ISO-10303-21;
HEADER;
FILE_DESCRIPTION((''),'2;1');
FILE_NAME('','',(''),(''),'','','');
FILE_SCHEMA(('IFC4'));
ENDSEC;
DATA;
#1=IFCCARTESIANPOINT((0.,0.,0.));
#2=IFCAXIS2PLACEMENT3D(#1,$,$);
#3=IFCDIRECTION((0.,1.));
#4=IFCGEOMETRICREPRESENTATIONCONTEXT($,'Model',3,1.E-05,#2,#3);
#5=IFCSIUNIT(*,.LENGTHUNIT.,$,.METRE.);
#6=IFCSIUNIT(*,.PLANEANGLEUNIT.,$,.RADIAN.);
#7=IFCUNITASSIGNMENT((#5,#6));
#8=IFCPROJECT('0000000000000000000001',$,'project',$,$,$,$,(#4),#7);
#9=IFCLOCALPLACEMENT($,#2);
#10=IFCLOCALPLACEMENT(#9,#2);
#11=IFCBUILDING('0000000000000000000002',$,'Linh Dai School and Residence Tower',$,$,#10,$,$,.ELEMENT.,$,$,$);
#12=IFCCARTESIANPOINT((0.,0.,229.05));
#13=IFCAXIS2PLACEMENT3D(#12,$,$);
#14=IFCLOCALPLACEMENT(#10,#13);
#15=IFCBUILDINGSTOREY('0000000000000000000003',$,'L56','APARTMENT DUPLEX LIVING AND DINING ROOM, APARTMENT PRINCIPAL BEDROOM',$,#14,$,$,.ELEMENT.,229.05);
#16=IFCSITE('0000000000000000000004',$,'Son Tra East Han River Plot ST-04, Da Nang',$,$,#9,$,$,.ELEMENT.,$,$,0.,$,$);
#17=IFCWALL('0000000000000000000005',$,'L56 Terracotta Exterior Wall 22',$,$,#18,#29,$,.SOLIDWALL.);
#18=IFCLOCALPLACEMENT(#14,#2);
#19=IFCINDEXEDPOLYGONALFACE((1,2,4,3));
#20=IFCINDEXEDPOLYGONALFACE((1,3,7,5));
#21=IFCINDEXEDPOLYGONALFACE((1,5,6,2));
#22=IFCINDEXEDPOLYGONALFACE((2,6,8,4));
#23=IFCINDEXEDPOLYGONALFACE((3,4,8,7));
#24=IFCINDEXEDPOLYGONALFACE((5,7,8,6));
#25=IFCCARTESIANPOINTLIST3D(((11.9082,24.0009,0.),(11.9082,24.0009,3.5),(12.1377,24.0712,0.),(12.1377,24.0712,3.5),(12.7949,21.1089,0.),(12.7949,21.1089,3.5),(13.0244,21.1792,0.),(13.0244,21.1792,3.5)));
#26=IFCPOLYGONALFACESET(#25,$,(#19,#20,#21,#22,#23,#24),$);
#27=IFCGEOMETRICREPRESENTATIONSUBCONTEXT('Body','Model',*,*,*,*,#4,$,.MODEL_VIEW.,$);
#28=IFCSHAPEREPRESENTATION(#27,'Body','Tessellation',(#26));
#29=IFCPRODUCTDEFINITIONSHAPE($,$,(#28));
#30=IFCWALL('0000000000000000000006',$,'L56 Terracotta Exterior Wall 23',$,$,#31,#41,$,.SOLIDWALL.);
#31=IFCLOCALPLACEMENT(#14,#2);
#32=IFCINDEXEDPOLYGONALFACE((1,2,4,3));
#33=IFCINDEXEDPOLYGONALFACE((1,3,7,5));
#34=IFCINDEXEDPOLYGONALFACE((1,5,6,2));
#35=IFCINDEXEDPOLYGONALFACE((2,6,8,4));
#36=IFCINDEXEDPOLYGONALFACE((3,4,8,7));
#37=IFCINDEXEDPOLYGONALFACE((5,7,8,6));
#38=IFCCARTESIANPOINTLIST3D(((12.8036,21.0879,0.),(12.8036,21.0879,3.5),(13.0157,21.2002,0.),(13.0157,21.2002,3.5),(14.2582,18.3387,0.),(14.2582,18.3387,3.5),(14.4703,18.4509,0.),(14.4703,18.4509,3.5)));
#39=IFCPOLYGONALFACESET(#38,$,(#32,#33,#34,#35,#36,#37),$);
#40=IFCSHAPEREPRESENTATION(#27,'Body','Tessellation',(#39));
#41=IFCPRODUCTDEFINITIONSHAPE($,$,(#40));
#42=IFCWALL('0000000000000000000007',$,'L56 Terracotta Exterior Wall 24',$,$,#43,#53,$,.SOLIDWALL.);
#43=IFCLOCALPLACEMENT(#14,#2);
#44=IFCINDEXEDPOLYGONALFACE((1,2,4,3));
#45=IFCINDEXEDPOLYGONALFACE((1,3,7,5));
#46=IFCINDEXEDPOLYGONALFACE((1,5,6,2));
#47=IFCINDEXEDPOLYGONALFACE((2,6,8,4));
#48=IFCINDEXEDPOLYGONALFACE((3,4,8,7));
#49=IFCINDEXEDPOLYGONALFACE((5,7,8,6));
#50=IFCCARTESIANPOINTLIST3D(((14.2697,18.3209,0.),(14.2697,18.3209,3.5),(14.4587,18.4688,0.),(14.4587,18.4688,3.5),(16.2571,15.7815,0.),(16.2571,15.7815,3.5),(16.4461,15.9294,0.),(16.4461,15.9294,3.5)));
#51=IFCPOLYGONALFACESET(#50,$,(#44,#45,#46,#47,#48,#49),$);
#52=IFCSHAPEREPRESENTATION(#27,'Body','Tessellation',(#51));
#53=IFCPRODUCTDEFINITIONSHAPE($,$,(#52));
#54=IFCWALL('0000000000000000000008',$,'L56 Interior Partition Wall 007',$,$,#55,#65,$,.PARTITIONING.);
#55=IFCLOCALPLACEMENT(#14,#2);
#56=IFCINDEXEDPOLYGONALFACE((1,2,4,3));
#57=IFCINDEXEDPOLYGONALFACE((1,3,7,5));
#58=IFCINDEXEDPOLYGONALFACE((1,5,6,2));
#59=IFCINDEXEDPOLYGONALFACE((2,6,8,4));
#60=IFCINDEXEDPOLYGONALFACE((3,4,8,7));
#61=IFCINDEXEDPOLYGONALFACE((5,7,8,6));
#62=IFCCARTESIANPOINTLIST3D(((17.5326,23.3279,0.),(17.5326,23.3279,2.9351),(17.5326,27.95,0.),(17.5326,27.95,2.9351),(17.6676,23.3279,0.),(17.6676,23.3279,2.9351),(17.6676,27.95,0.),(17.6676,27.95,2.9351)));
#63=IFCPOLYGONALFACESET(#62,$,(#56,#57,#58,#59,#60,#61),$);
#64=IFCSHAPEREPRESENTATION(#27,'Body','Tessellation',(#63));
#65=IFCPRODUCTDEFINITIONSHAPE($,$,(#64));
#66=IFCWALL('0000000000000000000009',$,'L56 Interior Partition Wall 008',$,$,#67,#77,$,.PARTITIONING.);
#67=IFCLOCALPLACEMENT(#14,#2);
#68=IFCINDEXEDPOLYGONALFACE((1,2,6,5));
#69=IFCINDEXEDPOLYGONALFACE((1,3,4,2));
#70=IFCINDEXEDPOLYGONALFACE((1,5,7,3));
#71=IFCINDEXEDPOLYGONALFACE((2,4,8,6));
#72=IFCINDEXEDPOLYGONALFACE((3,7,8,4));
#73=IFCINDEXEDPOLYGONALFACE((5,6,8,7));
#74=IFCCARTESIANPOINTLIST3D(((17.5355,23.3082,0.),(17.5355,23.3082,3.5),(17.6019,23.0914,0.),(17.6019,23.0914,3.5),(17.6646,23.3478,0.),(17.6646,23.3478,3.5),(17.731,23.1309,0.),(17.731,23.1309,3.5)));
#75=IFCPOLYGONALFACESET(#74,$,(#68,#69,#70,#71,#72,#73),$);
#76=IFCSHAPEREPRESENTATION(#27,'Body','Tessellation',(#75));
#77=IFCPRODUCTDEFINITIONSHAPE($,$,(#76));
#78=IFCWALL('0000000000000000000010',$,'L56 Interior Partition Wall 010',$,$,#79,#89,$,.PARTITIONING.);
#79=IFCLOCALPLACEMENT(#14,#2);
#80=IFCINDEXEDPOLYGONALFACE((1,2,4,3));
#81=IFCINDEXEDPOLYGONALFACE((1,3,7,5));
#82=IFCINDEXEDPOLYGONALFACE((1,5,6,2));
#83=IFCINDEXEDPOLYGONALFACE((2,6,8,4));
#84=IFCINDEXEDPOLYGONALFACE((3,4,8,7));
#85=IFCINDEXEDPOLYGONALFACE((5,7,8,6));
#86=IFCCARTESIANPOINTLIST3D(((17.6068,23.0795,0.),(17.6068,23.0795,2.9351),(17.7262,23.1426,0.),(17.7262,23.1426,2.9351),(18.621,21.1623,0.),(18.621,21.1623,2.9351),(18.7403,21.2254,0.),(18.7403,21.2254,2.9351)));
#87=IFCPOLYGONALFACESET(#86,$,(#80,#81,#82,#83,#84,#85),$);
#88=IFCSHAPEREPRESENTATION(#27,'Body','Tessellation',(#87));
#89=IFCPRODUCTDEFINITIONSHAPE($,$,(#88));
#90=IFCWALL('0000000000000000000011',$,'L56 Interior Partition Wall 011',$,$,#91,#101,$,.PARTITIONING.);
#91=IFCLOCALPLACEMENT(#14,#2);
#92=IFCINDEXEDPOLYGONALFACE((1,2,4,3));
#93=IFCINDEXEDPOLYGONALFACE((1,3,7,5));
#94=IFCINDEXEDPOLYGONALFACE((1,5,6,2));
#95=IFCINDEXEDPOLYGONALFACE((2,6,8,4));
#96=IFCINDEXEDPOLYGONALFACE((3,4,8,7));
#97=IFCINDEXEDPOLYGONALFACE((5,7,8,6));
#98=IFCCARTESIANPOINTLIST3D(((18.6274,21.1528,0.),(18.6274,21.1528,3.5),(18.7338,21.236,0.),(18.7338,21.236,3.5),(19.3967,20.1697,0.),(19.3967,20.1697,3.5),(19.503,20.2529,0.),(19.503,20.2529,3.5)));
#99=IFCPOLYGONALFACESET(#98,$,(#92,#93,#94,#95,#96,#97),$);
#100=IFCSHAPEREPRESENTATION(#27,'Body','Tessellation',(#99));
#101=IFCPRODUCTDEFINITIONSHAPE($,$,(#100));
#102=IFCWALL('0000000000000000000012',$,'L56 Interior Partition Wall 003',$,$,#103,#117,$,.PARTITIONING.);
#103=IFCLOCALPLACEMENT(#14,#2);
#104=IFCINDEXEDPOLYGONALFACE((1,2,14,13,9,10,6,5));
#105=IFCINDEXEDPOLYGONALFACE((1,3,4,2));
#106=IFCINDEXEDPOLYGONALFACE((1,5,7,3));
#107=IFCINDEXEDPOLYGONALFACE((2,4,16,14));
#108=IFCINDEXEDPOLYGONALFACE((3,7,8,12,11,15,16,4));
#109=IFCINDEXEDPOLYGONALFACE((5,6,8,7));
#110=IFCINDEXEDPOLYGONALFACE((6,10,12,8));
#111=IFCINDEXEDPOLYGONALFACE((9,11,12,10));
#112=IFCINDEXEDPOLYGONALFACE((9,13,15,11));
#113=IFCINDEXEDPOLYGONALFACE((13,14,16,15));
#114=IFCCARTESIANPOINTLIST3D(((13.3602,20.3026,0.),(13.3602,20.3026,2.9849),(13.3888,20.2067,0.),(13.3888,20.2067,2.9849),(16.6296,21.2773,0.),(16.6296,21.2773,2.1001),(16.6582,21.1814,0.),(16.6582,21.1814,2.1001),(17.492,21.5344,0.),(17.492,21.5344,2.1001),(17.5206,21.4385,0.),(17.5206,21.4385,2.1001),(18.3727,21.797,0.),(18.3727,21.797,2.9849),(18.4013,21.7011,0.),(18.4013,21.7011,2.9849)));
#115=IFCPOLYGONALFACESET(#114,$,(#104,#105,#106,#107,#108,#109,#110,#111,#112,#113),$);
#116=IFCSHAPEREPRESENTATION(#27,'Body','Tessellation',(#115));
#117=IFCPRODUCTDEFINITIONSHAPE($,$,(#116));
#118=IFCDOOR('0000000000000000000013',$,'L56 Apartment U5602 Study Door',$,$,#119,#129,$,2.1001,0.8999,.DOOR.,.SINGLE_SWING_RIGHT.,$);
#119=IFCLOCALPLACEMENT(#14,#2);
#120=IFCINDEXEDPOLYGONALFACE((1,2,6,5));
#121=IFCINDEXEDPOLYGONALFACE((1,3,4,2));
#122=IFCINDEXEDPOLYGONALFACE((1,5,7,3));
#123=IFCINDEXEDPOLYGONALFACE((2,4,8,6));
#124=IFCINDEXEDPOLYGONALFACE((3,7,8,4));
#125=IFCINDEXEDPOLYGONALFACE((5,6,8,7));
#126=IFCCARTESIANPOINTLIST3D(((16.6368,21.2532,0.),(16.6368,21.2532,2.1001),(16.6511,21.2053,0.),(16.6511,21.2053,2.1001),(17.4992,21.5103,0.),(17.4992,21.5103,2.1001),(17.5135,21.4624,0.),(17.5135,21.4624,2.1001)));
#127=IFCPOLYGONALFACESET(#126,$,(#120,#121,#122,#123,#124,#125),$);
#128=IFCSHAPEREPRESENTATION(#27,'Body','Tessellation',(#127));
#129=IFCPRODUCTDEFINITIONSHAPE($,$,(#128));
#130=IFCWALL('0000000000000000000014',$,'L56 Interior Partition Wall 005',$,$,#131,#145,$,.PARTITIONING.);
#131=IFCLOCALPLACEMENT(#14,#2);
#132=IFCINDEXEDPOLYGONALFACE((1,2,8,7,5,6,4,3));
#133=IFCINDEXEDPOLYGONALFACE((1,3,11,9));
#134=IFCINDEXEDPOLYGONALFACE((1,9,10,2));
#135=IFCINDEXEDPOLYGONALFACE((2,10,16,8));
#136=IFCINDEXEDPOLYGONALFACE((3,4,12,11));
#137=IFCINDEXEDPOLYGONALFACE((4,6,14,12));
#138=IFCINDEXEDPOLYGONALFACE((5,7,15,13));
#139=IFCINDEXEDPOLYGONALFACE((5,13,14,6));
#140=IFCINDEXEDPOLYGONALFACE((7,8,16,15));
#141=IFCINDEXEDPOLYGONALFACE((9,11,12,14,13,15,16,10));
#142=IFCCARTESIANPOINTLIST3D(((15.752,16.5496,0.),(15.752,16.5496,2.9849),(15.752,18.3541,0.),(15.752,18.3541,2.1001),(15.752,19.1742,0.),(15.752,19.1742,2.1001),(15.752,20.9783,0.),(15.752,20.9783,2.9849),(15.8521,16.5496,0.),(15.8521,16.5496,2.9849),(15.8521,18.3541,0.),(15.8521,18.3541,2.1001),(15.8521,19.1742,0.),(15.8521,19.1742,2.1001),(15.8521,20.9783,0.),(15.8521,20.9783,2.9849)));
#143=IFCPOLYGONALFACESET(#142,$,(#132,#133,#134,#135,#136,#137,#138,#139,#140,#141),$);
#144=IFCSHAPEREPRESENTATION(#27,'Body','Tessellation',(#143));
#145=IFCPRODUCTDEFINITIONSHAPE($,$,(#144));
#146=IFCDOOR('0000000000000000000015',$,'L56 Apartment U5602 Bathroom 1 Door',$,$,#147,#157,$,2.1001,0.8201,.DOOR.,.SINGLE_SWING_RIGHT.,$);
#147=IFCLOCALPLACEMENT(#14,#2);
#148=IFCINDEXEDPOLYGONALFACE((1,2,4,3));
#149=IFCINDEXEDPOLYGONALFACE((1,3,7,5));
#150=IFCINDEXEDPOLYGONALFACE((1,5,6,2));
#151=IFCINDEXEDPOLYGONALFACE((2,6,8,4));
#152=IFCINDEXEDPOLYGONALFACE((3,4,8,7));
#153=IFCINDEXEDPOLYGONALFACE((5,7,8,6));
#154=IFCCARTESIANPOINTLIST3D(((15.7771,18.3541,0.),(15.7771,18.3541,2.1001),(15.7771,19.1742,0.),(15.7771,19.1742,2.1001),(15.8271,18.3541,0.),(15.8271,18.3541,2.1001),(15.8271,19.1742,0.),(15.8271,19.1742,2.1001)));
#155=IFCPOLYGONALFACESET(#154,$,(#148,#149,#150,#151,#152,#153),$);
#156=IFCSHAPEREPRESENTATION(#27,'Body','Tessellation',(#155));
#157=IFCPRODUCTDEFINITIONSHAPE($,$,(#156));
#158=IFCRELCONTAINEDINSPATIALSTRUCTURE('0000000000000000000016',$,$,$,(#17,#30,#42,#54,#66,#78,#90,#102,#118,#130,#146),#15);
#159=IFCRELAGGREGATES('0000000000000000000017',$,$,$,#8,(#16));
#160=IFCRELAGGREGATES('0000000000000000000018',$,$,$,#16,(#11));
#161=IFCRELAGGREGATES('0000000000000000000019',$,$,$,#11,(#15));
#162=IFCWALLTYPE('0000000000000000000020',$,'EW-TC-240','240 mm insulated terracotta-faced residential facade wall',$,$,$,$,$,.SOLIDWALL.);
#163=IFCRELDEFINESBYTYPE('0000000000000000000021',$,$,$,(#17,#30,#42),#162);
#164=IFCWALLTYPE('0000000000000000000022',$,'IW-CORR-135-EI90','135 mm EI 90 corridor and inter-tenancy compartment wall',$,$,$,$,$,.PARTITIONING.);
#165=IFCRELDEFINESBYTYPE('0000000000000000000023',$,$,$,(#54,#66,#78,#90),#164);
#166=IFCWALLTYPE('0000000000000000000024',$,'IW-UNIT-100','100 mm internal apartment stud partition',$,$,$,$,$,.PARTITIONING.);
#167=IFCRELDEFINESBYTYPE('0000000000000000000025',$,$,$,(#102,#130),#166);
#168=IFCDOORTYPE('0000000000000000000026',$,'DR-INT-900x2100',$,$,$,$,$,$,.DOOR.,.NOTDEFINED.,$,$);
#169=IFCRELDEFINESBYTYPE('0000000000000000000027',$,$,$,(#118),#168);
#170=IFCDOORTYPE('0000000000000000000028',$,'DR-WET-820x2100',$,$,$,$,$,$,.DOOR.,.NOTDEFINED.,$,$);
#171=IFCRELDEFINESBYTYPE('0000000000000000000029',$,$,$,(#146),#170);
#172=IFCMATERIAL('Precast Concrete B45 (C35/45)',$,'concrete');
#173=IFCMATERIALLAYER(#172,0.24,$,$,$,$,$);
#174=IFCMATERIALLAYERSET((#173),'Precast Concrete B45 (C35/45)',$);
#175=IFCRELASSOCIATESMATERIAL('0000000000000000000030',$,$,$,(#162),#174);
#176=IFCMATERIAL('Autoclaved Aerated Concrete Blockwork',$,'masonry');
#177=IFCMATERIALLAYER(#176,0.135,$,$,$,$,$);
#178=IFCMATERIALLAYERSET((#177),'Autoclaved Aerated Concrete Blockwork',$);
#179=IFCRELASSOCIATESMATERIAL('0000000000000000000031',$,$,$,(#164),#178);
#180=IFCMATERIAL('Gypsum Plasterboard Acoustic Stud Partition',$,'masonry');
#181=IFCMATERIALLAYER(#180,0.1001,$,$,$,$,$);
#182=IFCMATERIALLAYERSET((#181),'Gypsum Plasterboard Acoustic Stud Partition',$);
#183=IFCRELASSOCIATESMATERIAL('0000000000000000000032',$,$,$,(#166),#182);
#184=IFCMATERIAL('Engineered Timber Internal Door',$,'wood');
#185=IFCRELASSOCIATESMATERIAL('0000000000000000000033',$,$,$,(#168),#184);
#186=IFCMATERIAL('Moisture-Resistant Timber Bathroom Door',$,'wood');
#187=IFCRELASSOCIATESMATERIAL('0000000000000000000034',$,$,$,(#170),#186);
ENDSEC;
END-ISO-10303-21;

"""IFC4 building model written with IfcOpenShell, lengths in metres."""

from ifc_helpers import new_model, si_unit, direction, frame, frame_2d, origin, origin_2d, place, context, subcontext, project, spatial, rectangle, extrude, source, transform, mapped, material, layer, layer_set, type_object, element, fill, save


model = new_model("IFC4")

# Units and contexts
model_context = context("Model", 3, precision=1e-05, world=origin(), true_north=direction((0.0, 1.0)))
body_context = subcontext(model_context, "Body", "Model", "MODEL_VIEW")
ifc_project = project(units=[si_unit("LENGTHUNIT", "METRE"), si_unit("PLANEANGLEUNIT", "RADIAN")], contexts=[model_context])

# Site, building, storey
site_placement = place(None, origin())
site = spatial("IfcSite", under=ifc_project, at=site_placement, Name="Son Tra East Han River Plot ST-04, Da Nang", CompositionType="ELEMENT", RefElevation=0.0)
building_placement = place(site_placement, origin())
building = spatial("IfcBuilding", under=site, at=building_placement, Name="Linh Dai School and Residence Tower", CompositionType="ELEMENT")
storey_placement = place(building_placement, frame((0.0, 0.0, 229.05)))
storey = spatial("IfcBuildingStorey", under=building, at=storey_placement, Name="L56", Description="APARTMENT DUPLEX LIVING AND DINING ROOM, APARTMENT PRINCIPAL BEDROOM", CompositionType="ELEMENT", Elevation=229.05)

# Shared definitions
ifc_material_1 = material(Name="Precast Concrete B45 (C35/45)", Category="concrete")

# Walls
ifc_layer_1 = layer(ifc_material_1, 0.24)
ifc_layer_set_1 = layer_set([ifc_layer_1], Name="Precast Concrete B45 (C35/45)")
wall_type_1 = type_object("IfcWallType", Name="EW-TC-240", Description="240 mm insulated terracotta-faced residential facade wall", PredefinedType="SOLIDWALL", material=ifc_layer_set_1)
wall_1_placement = place(storey_placement, frame((12.9097, 21.144, 0.0), z_axis=(0.0, 0.0, 1.0), x_axis=(-0.293133, 0.956072, 0.0)))
element("IfcWall", 1, at=wall_1_placement, inside=storey, type_object=wall_type_1, Name="L56 Terracotta Exterior Wall 22", PredefinedType="SOLIDWALL", context=body_context, shape_type="SweptSolid", body=[
    extrude(rectangle(XDim=3.0249, YDim=0.24, at=frame_2d((1.5125, 0.0))), origin(), (0.0, 0.0, 1.0), 3.5),
])
wall_2_placement = place(storey_placement, frame((14.3643, 18.3948, 0.0), z_axis=(0.0, 0.0, 1.0), x_axis=(-0.46766, 0.883908, 0.0)))
element("IfcWall", 2, at=wall_2_placement, inside=storey, type_object=wall_type_1, Name="L56 Terracotta Exterior Wall 23", PredefinedType="SOLIDWALL", context=body_context, shape_type="SweptSolid", body=[
    extrude(rectangle(XDim=3.1104, YDim=0.24, at=frame_2d((1.5552, 0.0))), origin(), (0.0, 0.0, 1.0), 3.5),
])
wall_3_placement = place(storey_placement, frame((16.3516, 15.8555, 0.0), z_axis=(0.0, 0.0, 1.0), x_axis=(-0.616312, 0.787502, 0.0)))
element("IfcWall", 3, at=wall_3_placement, inside=storey, type_object=wall_type_1, Name="L56 Terracotta Exterior Wall 24", PredefinedType="SOLIDWALL", context=body_context, shape_type="SweptSolid", body=[
    extrude(rectangle(XDim=3.2246, YDim=0.24, at=frame_2d((1.6123, 0.0))), origin(), (0.0, 0.0, 1.0), 3.5),
])
ifc_material_2 = material(Name="Autoclaved Aerated Concrete Blockwork", Category="masonry")
ifc_layer_2 = layer(ifc_material_2, 0.135)
ifc_layer_set_2 = layer_set([ifc_layer_2], Name="Autoclaved Aerated Concrete Blockwork")
wall_type_2 = type_object("IfcWallType", Name="IW-CORR-135-EI90", Description="135 mm EI 90 corridor and inter-tenancy compartment wall", PredefinedType="PARTITIONING", material=ifc_layer_set_2)
wall_4_placement = place(storey_placement, frame((17.6001, 23.3279, 0.0), z_axis=(0.0, 0.0, 1.0), x_axis=(0.0, 1.0, 0.0)))
element("IfcWall", 4, at=wall_4_placement, inside=storey, type_object=wall_type_2, Name="L56 Interior Partition Wall 007", PredefinedType="PARTITIONING", context=body_context, shape_type="SweptSolid", body=[
    extrude(rectangle(XDim=4.6221, YDim=0.135, at=frame_2d((2.311, 0.0))), origin(), (0.0, 0.0, 1.0), 2.9351),
])
wall_5_placement = place(storey_placement, frame((17.6001, 23.3279, 0.0), z_axis=(0.0, 0.0, 1.0), x_axis=(0.292875, -0.956151, 0.0)))
element("IfcWall", 5, at=wall_5_placement, inside=storey, type_object=wall_type_2, Name="L56 Interior Partition Wall 008", PredefinedType="PARTITIONING", context=body_context, shape_type="SweptSolid", body=[
    extrude(rectangle(XDim=0.2268, YDim=0.135, at=frame_2d((0.1133, 0.0))), origin(), (0.0, 0.0, 1.0), 3.5),
])
wall_6_placement = place(storey_placement, frame((17.6665, 23.1111, 0.0), z_axis=(0.0, 0.0, 1.0), x_axis=(0.467583, -0.883949, 0.0)))
element("IfcWall", 6, at=wall_6_placement, inside=storey, type_object=wall_type_2, Name="L56 Interior Partition Wall 010", PredefinedType="PARTITIONING", context=body_context, shape_type="SweptSolid", body=[
    extrude(rectangle(XDim=2.1689, YDim=0.135, at=frame_2d((1.0845, 0.0))), origin(), (0.0, 0.0, 1.0), 2.9351),
])
wall_7_placement = place(storey_placement, frame((18.6807, 21.1943, 0.0), z_axis=(0.0, 0.0, 1.0), x_axis=(0.61624, -0.787559, 0.0)))
element("IfcWall", 7, at=wall_7_placement, inside=storey, type_object=wall_type_2, Name="L56 Interior Partition Wall 011", PredefinedType="PARTITIONING", context=body_context, shape_type="SweptSolid", body=[
    extrude(rectangle(XDim=1.2483, YDim=0.135, at=frame_2d((0.624, 0.0))), origin(), (0.0, 0.0, 1.0), 3.5),
])

# Walls, openings, doors
ifc_material_3 = material(Name="Gypsum Plasterboard Acoustic Stud Partition", Category="masonry")
ifc_layer_3 = layer(ifc_material_3, 0.1001)
ifc_layer_set_3 = layer_set([ifc_layer_3], Name="Gypsum Plasterboard Acoustic Stud Partition")
wall_type_3 = type_object("IfcWallType", Name="IW-UNIT-100", Description="100 mm internal apartment stud partition", PredefinedType="PARTITIONING", material=ifc_layer_set_3)
wall_8_placement = place(storey_placement, frame((13.3745, 20.2546, 0.0), z_axis=(0.0, 0.0, 1.0), x_axis=(0.958317, 0.285707, 0.0)))
wall_8 = element("IfcWall", 8, at=wall_8_placement, inside=storey, type_object=wall_type_3, Name="L56 Interior Partition Wall 003", PredefinedType="PARTITIONING", context=body_context, shape_type="SweptSolid", body=[
    extrude(rectangle(XDim=5.2305, YDim=0.1001, at=frame_2d((2.6152, 0.0))), origin(), (0.0, 0.0, 1.0), 2.9849),
])
opening_1_placement = place(wall_8_placement, frame((3.4116, 0.0, 0.0)))
opening_1 = element("IfcOpeningElement", 9, at=opening_1_placement, cuts=wall_8, PredefinedType="OPENING", context=body_context, shape_type="SweptSolid", body=[
    extrude(rectangle(XDim=0.8999, YDim=2.1001, at=origin_2d()), frame((0.45, 0.0601, 1.05), z_axis=(0.0, -1.0, 0.0), x_axis=(1.0, 0.0, 0.0)), (0.0, 0.0, 1.0), 0.1201),
])
ifc_material_4 = material(Name="Engineered Timber Internal Door", Category="wood")
door_type_1 = type_object("IfcDoorType", Name="DR-INT-900x2100", OperationType="NOTDEFINED", PredefinedType="DOOR", material=ifc_material_4)
shared_shape_1 = source(origin(), body_context, "Body", "SweptSolid", [
    extrude(rectangle(XDim=0.8999, YDim=2.1001, at=origin_2d()), frame((0.45, 0.0249, 1.05), z_axis=(0.0, -1.0, 0.0), x_axis=(1.0, 0.0, 0.0)), (0.0, 0.0, 1.0), 0.05),
])
door_1_placement = place(opening_1_placement, origin())
door_1 = element("IfcDoor", 10, at=door_1_placement, inside=storey, type_object=door_type_1, Name="L56 Apartment U5602 Study Door", OperationType="SINGLE_SWING_RIGHT", OverallHeight=2.1001, OverallWidth=0.8999, PredefinedType="DOOR", context=body_context, shape_type="MappedRepresentation", body=[
    mapped(shared_shape_1, transform((0.0, 0.0, 0.0), x_axis=(1.0, 0.0, 0.0), y_axis=(0.0, 1.0, 0.0), z_axis=(0.0, 0.0, 1.0), scale=1.0)),
])
fill(opening_1, door_1)
wall_9_placement = place(storey_placement, frame((15.802, 16.5496, 0.0), z_axis=(0.0, 0.0, 1.0), x_axis=(0.0, 1.0, 0.0)))
wall_9 = element("IfcWall", 11, at=wall_9_placement, inside=storey, type_object=wall_type_3, Name="L56 Interior Partition Wall 005", PredefinedType="PARTITIONING", context=body_context, shape_type="SweptSolid", body=[
    extrude(rectangle(XDim=4.4287, YDim=0.1001, at=frame_2d((2.2144, 0.0))), origin(), (0.0, 0.0, 1.0), 2.9849),
])
opening_2_placement = place(wall_9_placement, frame((1.8044, 0.0, 0.0)))
opening_2 = element("IfcOpeningElement", 12, at=opening_2_placement, cuts=wall_9, PredefinedType="OPENING", context=body_context, shape_type="SweptSolid", body=[
    extrude(rectangle(XDim=0.8201, YDim=2.1001, at=origin_2d()), frame((0.4102, 0.0601, 1.05), z_axis=(0.0, -1.0, 0.0), x_axis=(1.0, 0.0, 0.0)), (0.0, 0.0, 1.0), 0.1201),
])
ifc_material_5 = material(Name="Moisture-Resistant Timber Bathroom Door", Category="wood")
door_type_2 = type_object("IfcDoorType", Name="DR-WET-820x2100", OperationType="NOTDEFINED", PredefinedType="DOOR", material=ifc_material_5)
shared_shape_2 = source(origin(), body_context, "Body", "SweptSolid", [
    extrude(rectangle(XDim=0.8201, YDim=2.1001, at=origin_2d()), frame((0.4102, 0.0249, 1.05), z_axis=(0.0, -1.0, 0.0), x_axis=(1.0, 0.0, 0.0)), (0.0, 0.0, 1.0), 0.05),
])
door_2_placement = place(opening_2_placement, origin())
door_2 = element("IfcDoor", 13, at=door_2_placement, inside=storey, type_object=door_type_2, Name="L56 Apartment U5602 Bathroom 1 Door", OperationType="SINGLE_SWING_RIGHT", OverallHeight=2.1001, OverallWidth=0.8201, PredefinedType="DOOR", context=body_context, shape_type="MappedRepresentation", body=[
    mapped(shared_shape_2, transform((0.0, 0.0, 0.0), x_axis=(1.0, 0.0, 0.0), y_axis=(0.0, 1.0, 0.0), z_axis=(0.0, 0.0, 1.0), scale=1.0)),
])
fill(opening_2, door_2)

save(model, "model.ifc")
